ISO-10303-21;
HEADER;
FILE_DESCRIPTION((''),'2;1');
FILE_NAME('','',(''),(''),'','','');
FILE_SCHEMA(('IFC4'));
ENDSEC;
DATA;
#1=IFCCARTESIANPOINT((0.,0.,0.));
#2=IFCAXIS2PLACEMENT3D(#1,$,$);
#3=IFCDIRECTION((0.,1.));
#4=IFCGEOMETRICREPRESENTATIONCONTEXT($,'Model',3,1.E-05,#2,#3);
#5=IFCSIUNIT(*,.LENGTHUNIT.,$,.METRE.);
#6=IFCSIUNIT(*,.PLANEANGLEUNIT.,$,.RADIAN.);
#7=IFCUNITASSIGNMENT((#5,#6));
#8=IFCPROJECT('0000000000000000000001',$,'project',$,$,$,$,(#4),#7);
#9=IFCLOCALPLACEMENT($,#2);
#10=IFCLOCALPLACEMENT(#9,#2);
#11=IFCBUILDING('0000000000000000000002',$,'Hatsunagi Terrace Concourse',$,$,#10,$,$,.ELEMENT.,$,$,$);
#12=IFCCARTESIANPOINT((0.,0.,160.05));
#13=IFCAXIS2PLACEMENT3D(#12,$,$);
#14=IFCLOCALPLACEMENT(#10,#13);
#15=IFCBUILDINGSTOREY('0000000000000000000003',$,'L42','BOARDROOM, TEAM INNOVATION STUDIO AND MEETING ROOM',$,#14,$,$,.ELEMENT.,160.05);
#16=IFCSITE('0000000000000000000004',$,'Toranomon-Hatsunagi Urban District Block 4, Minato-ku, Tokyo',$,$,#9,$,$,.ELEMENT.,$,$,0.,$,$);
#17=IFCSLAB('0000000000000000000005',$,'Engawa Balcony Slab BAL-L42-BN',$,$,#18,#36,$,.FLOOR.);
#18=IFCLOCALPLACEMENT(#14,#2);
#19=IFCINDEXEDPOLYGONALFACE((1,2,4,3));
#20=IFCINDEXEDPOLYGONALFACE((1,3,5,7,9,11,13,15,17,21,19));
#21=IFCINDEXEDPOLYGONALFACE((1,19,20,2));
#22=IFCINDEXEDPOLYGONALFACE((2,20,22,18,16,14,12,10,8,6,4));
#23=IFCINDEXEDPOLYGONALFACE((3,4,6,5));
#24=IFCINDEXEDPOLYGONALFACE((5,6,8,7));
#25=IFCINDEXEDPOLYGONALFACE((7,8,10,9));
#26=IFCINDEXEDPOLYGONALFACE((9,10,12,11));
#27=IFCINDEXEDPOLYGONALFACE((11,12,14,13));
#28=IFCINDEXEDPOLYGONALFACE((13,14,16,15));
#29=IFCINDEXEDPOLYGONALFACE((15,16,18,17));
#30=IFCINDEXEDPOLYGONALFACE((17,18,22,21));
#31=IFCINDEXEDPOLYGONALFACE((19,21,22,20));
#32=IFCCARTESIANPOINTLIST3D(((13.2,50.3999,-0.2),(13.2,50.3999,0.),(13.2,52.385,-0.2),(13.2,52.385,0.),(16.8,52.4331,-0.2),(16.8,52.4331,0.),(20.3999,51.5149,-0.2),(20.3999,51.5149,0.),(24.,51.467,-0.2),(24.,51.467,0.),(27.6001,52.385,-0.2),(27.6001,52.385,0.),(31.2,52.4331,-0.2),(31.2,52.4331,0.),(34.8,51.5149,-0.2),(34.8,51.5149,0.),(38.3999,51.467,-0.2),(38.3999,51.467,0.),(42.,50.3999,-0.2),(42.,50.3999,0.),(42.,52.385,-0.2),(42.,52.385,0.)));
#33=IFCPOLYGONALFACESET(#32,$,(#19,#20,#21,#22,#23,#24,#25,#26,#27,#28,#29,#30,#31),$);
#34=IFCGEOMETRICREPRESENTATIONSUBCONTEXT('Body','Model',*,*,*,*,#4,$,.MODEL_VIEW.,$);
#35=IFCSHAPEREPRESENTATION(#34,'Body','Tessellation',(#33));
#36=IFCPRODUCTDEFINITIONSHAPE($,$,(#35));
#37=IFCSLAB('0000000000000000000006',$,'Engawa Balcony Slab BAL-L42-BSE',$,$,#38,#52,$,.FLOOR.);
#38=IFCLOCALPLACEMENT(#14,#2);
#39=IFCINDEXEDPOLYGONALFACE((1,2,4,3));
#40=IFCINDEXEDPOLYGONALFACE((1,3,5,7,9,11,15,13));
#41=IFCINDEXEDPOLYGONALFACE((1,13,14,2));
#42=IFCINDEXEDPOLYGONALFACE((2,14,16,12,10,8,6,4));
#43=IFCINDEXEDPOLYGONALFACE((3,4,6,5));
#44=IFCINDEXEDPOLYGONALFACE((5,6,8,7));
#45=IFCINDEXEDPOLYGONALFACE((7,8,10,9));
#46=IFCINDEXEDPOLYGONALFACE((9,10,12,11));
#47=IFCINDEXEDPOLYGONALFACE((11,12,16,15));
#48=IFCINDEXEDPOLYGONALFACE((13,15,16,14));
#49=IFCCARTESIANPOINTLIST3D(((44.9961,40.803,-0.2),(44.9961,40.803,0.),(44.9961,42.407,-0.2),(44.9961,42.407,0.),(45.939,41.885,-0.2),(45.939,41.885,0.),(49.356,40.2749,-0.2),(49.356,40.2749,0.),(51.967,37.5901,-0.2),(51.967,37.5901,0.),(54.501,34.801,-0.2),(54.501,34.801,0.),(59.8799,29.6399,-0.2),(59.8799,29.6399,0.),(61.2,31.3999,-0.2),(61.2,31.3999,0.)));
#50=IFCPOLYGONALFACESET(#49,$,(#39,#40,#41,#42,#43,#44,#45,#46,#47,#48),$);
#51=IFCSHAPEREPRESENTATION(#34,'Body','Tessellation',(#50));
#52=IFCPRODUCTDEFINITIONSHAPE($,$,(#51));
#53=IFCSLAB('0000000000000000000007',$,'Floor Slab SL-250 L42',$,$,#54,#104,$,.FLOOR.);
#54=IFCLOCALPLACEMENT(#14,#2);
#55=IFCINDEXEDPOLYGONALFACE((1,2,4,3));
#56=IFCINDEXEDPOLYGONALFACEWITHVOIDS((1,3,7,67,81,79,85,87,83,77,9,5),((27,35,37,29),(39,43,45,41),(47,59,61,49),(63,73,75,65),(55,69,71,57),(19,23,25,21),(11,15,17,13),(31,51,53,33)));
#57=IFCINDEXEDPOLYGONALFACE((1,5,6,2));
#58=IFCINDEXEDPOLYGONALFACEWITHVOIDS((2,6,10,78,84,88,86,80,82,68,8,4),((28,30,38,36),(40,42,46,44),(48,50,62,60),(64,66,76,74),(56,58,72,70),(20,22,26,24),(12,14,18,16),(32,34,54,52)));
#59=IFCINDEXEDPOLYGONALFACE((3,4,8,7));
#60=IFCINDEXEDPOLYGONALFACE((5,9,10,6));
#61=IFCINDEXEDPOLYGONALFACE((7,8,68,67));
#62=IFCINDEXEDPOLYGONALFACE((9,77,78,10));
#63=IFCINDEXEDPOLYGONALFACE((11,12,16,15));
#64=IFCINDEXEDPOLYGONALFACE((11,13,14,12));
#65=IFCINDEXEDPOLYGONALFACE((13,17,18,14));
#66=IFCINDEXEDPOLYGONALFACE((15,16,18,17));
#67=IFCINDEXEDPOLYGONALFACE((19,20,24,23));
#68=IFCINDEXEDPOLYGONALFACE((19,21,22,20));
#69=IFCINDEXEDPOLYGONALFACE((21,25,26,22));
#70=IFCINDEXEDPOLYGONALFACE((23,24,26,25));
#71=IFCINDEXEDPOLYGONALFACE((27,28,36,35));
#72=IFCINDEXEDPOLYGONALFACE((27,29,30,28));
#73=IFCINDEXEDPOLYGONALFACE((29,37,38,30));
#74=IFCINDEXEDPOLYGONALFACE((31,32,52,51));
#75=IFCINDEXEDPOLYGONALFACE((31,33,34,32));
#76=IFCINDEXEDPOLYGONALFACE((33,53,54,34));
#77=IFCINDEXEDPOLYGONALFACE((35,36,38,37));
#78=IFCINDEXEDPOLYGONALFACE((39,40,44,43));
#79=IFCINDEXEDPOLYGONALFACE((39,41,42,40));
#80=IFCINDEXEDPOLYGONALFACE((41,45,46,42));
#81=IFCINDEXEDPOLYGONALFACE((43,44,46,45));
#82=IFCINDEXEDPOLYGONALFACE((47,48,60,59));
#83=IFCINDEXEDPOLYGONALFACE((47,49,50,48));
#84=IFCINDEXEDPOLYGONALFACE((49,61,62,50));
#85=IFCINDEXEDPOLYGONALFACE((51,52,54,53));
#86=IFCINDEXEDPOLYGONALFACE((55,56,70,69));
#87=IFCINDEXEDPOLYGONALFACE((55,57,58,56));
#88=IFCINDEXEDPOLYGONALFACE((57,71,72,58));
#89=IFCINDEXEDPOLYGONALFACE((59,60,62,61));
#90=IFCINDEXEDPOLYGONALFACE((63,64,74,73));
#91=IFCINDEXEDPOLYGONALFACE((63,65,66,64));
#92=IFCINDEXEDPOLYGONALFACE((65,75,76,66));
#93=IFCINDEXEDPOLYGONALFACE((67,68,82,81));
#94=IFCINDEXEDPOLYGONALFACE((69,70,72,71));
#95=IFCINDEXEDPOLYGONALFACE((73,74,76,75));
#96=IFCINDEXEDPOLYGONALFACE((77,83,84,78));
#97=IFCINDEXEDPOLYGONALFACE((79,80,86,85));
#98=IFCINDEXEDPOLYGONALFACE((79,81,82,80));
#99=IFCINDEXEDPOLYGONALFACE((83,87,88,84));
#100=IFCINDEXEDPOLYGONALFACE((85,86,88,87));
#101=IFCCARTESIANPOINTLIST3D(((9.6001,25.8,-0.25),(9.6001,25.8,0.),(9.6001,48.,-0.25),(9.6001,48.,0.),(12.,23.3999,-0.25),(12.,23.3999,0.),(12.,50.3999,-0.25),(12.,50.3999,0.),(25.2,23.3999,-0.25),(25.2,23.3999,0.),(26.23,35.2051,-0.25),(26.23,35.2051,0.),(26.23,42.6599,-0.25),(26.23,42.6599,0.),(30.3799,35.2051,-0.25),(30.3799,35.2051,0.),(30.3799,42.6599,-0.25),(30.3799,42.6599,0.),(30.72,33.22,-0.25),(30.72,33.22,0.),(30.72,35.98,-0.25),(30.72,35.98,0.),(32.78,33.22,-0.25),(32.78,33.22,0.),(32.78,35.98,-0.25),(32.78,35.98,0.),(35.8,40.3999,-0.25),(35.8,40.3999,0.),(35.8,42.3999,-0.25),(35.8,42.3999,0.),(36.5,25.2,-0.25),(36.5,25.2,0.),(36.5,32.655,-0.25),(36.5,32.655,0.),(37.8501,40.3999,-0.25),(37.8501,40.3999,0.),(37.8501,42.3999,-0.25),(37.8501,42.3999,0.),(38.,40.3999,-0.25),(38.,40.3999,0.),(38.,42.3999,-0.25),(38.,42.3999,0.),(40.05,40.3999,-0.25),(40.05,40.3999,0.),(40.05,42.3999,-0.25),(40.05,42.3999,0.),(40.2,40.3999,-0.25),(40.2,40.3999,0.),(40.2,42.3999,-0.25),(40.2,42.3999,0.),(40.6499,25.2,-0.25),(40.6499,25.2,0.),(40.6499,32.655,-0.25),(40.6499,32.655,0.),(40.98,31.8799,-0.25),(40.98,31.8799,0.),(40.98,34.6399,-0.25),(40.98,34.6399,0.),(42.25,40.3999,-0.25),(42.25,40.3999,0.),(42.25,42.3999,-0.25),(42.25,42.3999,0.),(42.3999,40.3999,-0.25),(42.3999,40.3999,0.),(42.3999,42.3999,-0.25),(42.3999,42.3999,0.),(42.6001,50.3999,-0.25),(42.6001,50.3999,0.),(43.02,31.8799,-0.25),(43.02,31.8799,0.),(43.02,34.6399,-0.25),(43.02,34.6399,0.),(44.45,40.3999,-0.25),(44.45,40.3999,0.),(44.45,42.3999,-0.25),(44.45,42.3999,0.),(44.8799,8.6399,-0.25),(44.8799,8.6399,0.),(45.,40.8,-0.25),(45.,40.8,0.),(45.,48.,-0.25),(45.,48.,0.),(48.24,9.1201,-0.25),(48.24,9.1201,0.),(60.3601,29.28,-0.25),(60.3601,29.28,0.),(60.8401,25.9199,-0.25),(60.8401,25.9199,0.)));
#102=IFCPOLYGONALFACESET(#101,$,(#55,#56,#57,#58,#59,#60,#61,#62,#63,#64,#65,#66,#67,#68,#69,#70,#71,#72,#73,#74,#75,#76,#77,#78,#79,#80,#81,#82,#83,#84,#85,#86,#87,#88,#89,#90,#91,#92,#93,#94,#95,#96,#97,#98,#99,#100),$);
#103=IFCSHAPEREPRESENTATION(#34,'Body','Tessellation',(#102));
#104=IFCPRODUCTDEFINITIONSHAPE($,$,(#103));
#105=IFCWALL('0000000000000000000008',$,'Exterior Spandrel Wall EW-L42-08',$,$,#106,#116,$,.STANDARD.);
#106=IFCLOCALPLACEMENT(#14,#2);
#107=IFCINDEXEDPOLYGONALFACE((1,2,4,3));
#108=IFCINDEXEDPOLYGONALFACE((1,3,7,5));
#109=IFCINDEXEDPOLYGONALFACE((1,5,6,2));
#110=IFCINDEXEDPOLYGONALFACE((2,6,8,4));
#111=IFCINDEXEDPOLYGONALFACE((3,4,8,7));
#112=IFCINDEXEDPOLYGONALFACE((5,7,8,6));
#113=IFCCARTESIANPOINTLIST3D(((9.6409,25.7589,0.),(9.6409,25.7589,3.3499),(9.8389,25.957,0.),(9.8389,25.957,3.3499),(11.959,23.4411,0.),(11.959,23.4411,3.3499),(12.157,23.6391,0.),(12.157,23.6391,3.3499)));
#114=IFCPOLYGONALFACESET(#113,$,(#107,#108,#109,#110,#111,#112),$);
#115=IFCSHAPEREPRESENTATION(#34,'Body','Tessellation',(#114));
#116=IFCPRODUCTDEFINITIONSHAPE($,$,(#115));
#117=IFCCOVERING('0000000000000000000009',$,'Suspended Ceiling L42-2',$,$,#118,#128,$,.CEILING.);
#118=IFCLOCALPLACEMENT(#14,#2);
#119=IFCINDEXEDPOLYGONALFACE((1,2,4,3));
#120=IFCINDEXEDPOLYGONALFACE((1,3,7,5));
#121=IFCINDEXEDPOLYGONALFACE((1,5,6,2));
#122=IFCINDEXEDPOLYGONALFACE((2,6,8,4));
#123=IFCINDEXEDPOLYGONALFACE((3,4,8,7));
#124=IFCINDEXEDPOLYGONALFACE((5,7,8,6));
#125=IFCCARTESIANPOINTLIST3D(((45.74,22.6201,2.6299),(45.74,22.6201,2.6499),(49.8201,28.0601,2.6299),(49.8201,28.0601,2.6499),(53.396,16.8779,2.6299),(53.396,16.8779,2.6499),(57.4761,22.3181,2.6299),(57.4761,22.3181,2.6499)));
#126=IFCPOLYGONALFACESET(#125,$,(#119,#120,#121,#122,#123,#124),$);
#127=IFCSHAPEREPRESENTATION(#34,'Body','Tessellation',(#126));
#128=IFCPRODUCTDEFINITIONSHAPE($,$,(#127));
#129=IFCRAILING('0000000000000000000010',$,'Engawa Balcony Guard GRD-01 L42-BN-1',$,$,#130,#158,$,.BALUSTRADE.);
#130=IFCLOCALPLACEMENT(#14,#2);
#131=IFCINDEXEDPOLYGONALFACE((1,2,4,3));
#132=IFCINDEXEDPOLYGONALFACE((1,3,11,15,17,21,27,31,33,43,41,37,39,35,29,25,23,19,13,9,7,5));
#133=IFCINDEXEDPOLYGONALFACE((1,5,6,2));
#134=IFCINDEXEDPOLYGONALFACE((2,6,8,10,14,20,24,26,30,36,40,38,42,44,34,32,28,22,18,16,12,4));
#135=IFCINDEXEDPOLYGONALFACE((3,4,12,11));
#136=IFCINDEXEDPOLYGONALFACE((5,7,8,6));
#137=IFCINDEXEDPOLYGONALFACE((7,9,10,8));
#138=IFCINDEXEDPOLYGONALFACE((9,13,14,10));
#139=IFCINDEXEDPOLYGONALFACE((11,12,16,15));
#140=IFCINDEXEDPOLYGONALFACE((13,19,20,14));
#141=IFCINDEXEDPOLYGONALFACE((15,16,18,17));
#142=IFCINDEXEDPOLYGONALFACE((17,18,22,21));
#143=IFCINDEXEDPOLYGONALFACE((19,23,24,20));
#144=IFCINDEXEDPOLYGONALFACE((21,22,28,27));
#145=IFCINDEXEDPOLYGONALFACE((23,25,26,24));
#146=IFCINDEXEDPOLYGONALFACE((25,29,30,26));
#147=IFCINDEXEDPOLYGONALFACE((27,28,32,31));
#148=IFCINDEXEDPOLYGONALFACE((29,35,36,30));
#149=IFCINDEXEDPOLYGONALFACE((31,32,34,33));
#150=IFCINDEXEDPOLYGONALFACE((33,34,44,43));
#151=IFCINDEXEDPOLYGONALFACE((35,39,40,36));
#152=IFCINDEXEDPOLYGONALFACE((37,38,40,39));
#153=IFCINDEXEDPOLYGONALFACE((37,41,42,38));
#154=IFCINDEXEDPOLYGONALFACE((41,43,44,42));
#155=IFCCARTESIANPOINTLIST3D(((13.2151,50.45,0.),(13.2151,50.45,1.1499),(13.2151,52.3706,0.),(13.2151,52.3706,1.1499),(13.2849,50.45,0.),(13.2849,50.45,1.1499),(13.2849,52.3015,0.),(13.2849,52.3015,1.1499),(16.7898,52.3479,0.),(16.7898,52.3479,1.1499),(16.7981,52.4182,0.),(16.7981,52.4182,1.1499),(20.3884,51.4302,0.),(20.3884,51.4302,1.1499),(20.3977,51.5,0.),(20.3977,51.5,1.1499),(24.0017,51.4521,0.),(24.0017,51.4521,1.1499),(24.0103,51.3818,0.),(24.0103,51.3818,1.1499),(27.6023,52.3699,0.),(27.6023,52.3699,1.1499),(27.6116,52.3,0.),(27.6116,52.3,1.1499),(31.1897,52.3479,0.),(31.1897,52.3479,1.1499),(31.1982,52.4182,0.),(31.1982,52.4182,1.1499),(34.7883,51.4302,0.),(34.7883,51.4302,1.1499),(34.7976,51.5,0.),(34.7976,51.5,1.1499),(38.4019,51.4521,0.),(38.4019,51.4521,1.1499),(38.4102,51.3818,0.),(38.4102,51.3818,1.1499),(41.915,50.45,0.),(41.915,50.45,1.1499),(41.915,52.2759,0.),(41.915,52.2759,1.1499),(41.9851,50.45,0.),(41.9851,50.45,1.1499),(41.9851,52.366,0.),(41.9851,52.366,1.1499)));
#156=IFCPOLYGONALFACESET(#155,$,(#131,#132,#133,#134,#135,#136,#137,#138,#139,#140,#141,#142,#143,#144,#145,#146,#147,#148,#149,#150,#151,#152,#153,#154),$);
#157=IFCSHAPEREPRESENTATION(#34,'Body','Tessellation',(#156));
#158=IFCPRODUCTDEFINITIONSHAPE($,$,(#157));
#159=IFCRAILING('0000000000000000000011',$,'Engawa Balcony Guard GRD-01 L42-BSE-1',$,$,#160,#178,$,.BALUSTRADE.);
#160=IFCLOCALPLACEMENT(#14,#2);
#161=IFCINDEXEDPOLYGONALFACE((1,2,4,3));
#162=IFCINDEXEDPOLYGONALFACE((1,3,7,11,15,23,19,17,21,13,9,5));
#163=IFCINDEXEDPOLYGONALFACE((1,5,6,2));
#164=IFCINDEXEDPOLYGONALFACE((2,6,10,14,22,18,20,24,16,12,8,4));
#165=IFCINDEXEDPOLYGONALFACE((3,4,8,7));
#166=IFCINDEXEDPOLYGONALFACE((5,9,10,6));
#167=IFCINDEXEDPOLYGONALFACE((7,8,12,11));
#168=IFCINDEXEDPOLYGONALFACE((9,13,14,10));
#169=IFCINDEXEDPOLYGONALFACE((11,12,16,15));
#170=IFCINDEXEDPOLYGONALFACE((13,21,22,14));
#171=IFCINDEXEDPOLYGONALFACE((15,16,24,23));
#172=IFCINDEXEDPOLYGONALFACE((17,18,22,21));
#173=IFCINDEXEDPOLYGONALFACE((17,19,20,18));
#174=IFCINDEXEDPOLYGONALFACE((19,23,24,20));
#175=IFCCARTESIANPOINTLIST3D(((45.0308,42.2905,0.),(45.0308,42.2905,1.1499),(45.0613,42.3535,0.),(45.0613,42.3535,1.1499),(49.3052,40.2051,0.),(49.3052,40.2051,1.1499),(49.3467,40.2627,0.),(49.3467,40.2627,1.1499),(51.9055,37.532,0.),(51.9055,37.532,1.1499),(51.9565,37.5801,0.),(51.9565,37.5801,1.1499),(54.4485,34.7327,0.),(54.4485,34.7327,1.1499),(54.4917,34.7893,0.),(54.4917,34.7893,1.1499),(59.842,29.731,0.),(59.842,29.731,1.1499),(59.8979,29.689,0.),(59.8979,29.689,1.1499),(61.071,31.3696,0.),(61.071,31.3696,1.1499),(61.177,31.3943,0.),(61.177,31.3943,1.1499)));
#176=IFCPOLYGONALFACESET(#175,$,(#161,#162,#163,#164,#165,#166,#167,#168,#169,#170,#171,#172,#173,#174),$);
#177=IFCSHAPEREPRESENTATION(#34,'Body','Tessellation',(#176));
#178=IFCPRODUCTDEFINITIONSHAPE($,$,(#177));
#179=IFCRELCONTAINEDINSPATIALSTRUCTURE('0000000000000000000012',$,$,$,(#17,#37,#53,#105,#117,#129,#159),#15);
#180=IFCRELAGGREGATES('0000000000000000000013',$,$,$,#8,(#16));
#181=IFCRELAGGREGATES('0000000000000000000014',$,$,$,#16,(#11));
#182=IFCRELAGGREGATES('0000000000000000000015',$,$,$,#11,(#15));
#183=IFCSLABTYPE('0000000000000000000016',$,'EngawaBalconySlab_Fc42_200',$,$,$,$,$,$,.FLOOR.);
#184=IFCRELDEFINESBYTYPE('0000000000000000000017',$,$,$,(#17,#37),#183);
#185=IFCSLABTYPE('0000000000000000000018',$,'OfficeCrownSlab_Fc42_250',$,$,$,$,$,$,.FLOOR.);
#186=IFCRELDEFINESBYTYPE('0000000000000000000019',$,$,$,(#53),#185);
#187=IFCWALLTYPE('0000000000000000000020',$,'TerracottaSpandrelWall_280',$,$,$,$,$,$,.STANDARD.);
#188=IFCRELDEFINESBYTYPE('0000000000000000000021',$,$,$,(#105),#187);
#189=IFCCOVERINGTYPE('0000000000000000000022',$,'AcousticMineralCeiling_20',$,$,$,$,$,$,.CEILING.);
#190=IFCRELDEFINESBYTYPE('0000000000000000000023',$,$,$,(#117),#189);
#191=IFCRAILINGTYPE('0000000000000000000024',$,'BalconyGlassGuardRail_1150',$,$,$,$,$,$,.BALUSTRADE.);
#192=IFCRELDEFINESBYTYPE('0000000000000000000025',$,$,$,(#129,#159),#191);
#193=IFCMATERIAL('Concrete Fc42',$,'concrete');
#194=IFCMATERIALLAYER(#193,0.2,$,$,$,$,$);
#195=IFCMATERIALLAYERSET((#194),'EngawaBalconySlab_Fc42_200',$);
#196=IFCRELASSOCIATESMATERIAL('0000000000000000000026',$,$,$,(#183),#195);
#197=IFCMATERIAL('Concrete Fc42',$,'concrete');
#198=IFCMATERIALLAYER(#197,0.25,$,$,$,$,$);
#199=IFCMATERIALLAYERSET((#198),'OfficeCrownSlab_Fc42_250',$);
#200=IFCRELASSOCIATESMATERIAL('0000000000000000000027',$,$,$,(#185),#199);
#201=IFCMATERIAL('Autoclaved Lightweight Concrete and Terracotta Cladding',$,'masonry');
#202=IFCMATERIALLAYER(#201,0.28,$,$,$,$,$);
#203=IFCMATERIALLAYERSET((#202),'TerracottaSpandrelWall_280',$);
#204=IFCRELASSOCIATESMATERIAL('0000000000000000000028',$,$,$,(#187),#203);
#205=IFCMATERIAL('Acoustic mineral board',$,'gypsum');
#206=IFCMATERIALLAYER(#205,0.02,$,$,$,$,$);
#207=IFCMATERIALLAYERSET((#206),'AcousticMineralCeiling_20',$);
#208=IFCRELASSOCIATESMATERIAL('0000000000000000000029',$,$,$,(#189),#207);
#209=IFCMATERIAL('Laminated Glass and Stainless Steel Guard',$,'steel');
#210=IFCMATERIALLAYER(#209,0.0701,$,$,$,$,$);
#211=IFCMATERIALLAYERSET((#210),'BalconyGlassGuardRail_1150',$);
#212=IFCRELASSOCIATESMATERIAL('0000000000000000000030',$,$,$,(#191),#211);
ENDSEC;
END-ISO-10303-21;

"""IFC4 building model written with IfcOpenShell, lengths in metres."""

from ifc_helpers import new_model, si_unit, direction, frame, frame_2d, origin, place, context, subcontext, project, spatial, polyline, rectangle, outline, extrude, material, layer, layer_set, type_object, element, save


model = new_model("IFC4")

# Units and contexts
model_context = context("Model", 3, precision=1e-05, world=origin(), true_north=direction((0.0, 1.0)))
body_context = subcontext(model_context, "Body", "Model", "MODEL_VIEW")
ifc_project = project(units=[si_unit("LENGTHUNIT", "METRE"), si_unit("PLANEANGLEUNIT", "RADIAN")], contexts=[model_context])

# Site, building, storey
site_placement = place(None, origin())
site = spatial("IfcSite", under=ifc_project, at=site_placement, Name="Toranomon-Hatsunagi Urban District Block 4, Minato-ku, Tokyo", CompositionType="ELEMENT", RefElevation=0.0)
building_placement = place(site_placement, origin())
building = spatial("IfcBuilding", under=site, at=building_placement, Name="Hatsunagi Terrace Concourse", CompositionType="ELEMENT")
storey_placement = place(building_placement, frame((0.0, 0.0, 160.05)))
storey = spatial("IfcBuildingStorey", under=building, at=storey_placement, Name="L42", Description="BOARDROOM, TEAM INNOVATION STUDIO AND MEETING ROOM", CompositionType="ELEMENT", Elevation=160.05)

# Slabs
ifc_material_1 = material(Name="Concrete Fc42", Category="concrete")
ifc_layer_1 = layer(ifc_material_1, 0.2)
ifc_layer_set_1 = layer_set([ifc_layer_1], Name="EngawaBalconySlab_Fc42_200")
slab_type_1 = type_object("IfcSlabType", Name="EngawaBalconySlab_Fc42_200", PredefinedType="FLOOR", material=ifc_layer_set_1)
slab_1_placement = place(storey_placement, frame((0.0, 0.0, -0.2)))
element("IfcSlab", 1, at=slab_1_placement, inside=storey, type_object=slab_type_1, Name="Engawa Balcony Slab BAL-L42-BN", PredefinedType="FLOOR", context=body_context, shape_type="SweptSolid", body=[
    extrude(outline(polyline([(13.2, 52.385), (13.2, 50.3999), (42.0, 50.3999), (42.0, 52.385), (38.3999, 51.467), (34.8, 51.5149), (31.2, 52.4331), (27.6001, 52.385), (24.0, 51.467), (20.3999, 51.5149), (16.8, 52.4331), (13.2, 52.385)])), origin(), (0.0, 0.0, 1.0), 0.2),
])
slab_2_placement = place(storey_placement, frame((0.0, 0.0, -0.2)))
element("IfcSlab", 2, at=slab_2_placement, inside=storey, type_object=slab_type_1, Name="Engawa Balcony Slab BAL-L42-BSE", PredefinedType="FLOOR", context=body_context, shape_type="SweptSolid", body=[
    extrude(outline(polyline([(45.939, 41.885), (44.9961, 42.407), (44.9961, 40.803), (59.8799, 29.6399), (61.2, 31.3999), (54.501, 34.801), (51.967, 37.5901), (49.356, 40.2749), (45.939, 41.885)])), origin(), (0.0, 0.0, 1.0), 0.2),
])
ifc_material_2 = material(Name="Concrete Fc42", Category="concrete")
ifc_layer_2 = layer(ifc_material_2, 0.25)
ifc_layer_set_2 = layer_set([ifc_layer_2], Name="OfficeCrownSlab_Fc42_250")
slab_type_2 = type_object("IfcSlabType", Name="OfficeCrownSlab_Fc42_250", PredefinedType="FLOOR", material=ifc_layer_set_2)
slab_3_placement = place(storey_placement, frame((0.0, 0.0, -0.25)))
element("IfcSlab", 3, at=slab_3_placement, inside=storey, type_object=slab_type_2, Name="Floor Slab SL-250 L42", PredefinedType="FLOOR", context=body_context, shape_type="SweptSolid", body=[
    extrude(outline(polyline([(45.0, 40.8), (45.0, 48.0), (42.6001, 50.3999), (12.0, 50.3999), (9.6001, 48.0), (9.6001, 25.8), (12.0, 23.3999), (25.2, 23.3999), (44.8799, 8.6399), (48.24, 9.1201), (60.8401, 25.9199), (60.3601, 29.28), (45.0, 40.8)]), holes=[polyline([(26.23, 35.2051), (30.3799, 35.2051), (30.3799, 42.6599), (26.23, 42.6599), (26.23, 35.2051)]), polyline([(36.5, 25.2), (40.6499, 25.2), (40.6499, 32.655), (36.5, 32.655), (36.5, 25.2)]), polyline([(30.72, 33.22), (32.78, 33.22), (32.78, 35.98), (30.72, 35.98), (30.72, 33.22)]), polyline([(40.98, 31.8799), (43.02, 31.8799), (43.02, 34.6399), (40.98, 34.6399), (40.98, 31.8799)]), polyline([(35.8, 40.3999), (37.8501, 40.3999), (37.8501, 42.3999), (35.8, 42.3999), (35.8, 40.3999)]), polyline([(38.0, 40.3999), (40.05, 40.3999), (40.05, 42.3999), (38.0, 42.3999), (38.0, 40.3999)]), polyline([(40.2, 40.3999), (42.25, 40.3999), (42.25, 42.3999), (40.2, 42.3999), (40.2, 40.3999)]), polyline([(42.3999, 40.3999), (44.45, 40.3999), (44.45, 42.3999), (42.3999, 42.3999), (42.3999, 40.3999)])]), origin(), (0.0, 0.0, 1.0), 0.25),
])

# Wall
ifc_material_3 = material(Name="Autoclaved Lightweight Concrete and Terracotta Cladding", Category="masonry")
ifc_layer_3 = layer(ifc_material_3, 0.28)
ifc_layer_set_3 = layer_set([ifc_layer_3], Name="TerracottaSpandrelWall_280")
wall_type = type_object("IfcWallType", Name="TerracottaSpandrelWall_280", PredefinedType="STANDARD", material=ifc_layer_set_3)
wall_placement = place(storey_placement, frame((12.0581, 23.54, 0.0), z_axis=(0.0, 0.0, 1.0), x_axis=(-0.707144, 0.70707, 0.0)))
element("IfcWall", 4, at=wall_placement, inside=storey, type_object=wall_type, Name="Exterior Spandrel Wall EW-L42-08", PredefinedType="STANDARD", context=body_context, shape_type="SweptSolid", body=[
    extrude(rectangle(XDim=3.2781, YDim=0.28, at=frame_2d((1.6392, 0.0))), origin(), (0.0, 0.0, 1.0), 3.3499),
])

# Covering
ifc_material_4 = material(Name="Acoustic mineral board", Category="gypsum")
ifc_layer_4 = layer(ifc_material_4, 0.02)
ifc_layer_set_4 = layer_set([ifc_layer_4], Name="AcousticMineralCeiling_20")
covering_type_1 = type_object("IfcCoveringType", Name="AcousticMineralCeiling_20", PredefinedType="CEILING", material=ifc_layer_set_4)
covering_1_placement = place(storey_placement, frame((0.0, 0.0, 2.6299)))
element("IfcCovering", 5, at=covering_1_placement, inside=storey, type_object=covering_type_1, Name="Suspended Ceiling L42-2", PredefinedType="CEILING", context=body_context, shape_type="SweptSolid", body=[
    extrude(outline(polyline([(57.4761, 22.3181), (49.8201, 28.0601), (45.74, 22.6201), (53.396, 16.8779), (57.4761, 22.3181)])), origin(), (0.0, 0.0, 1.0), 0.02),
])

# Railings
ifc_material_5 = material(Name="Laminated Glass and Stainless Steel Guard", Category="steel")
ifc_layer_5 = layer(ifc_material_5, 0.0701)
ifc_layer_set_5 = layer_set([ifc_layer_5], Name="BalconyGlassGuardRail_1150")
railing_type = type_object("IfcRailingType", Name="BalconyGlassGuardRail_1150", PredefinedType="BALUSTRADE", material=ifc_layer_set_5)
railing_1_placement = place(storey_placement, origin())
element("IfcRailing", 6, at=railing_1_placement, inside=storey, type_object=railing_type, Name="Engawa Balcony Guard GRD-01 L42-BN-1", PredefinedType="BALUSTRADE", context=body_context, shape_type="SweptSolid", body=[
    extrude(outline(polyline([(13.2151, 50.45), (13.2849, 50.45), (13.2849, 52.3015), (16.7898, 52.3479), (20.3884, 51.4302), (24.0103, 51.3818), (27.6116, 52.3), (31.1897, 52.3479), (34.7883, 51.4302), (38.4102, 51.3818), (41.915, 52.2759), (41.915, 50.45), (41.9851, 50.45), (41.9851, 52.366), (38.4019, 51.4521), (34.7976, 51.5), (31.1982, 52.4182), (27.6023, 52.3699), (24.0017, 51.4521), (20.3977, 51.5), (16.7981, 52.4182), (13.2151, 52.3706), (13.2151, 50.45)])), origin(), (0.0, 0.0, 1.0), 1.1499),
])
railing_2_placement = place(storey_placement, origin())
element("IfcRailing", 7, at=railing_2_placement, inside=storey, type_object=railing_type, Name="Engawa Balcony Guard GRD-01 L42-BSE-1", PredefinedType="BALUSTRADE", context=body_context, shape_type="SweptSolid", body=[
    extrude(outline(polyline([(45.0613, 42.3535), (45.0308, 42.2905), (49.3052, 40.2051), (51.9055, 37.532), (54.4485, 34.7327), (61.071, 31.3696), (59.842, 29.731), (59.8979, 29.689), (61.177, 31.3943), (54.4917, 34.7893), (51.9565, 37.5801), (49.3467, 40.2627), (45.0613, 42.3535)])), origin(), (0.0, 0.0, 1.0), 1.1499),
])

save(model, "model.ifc")
